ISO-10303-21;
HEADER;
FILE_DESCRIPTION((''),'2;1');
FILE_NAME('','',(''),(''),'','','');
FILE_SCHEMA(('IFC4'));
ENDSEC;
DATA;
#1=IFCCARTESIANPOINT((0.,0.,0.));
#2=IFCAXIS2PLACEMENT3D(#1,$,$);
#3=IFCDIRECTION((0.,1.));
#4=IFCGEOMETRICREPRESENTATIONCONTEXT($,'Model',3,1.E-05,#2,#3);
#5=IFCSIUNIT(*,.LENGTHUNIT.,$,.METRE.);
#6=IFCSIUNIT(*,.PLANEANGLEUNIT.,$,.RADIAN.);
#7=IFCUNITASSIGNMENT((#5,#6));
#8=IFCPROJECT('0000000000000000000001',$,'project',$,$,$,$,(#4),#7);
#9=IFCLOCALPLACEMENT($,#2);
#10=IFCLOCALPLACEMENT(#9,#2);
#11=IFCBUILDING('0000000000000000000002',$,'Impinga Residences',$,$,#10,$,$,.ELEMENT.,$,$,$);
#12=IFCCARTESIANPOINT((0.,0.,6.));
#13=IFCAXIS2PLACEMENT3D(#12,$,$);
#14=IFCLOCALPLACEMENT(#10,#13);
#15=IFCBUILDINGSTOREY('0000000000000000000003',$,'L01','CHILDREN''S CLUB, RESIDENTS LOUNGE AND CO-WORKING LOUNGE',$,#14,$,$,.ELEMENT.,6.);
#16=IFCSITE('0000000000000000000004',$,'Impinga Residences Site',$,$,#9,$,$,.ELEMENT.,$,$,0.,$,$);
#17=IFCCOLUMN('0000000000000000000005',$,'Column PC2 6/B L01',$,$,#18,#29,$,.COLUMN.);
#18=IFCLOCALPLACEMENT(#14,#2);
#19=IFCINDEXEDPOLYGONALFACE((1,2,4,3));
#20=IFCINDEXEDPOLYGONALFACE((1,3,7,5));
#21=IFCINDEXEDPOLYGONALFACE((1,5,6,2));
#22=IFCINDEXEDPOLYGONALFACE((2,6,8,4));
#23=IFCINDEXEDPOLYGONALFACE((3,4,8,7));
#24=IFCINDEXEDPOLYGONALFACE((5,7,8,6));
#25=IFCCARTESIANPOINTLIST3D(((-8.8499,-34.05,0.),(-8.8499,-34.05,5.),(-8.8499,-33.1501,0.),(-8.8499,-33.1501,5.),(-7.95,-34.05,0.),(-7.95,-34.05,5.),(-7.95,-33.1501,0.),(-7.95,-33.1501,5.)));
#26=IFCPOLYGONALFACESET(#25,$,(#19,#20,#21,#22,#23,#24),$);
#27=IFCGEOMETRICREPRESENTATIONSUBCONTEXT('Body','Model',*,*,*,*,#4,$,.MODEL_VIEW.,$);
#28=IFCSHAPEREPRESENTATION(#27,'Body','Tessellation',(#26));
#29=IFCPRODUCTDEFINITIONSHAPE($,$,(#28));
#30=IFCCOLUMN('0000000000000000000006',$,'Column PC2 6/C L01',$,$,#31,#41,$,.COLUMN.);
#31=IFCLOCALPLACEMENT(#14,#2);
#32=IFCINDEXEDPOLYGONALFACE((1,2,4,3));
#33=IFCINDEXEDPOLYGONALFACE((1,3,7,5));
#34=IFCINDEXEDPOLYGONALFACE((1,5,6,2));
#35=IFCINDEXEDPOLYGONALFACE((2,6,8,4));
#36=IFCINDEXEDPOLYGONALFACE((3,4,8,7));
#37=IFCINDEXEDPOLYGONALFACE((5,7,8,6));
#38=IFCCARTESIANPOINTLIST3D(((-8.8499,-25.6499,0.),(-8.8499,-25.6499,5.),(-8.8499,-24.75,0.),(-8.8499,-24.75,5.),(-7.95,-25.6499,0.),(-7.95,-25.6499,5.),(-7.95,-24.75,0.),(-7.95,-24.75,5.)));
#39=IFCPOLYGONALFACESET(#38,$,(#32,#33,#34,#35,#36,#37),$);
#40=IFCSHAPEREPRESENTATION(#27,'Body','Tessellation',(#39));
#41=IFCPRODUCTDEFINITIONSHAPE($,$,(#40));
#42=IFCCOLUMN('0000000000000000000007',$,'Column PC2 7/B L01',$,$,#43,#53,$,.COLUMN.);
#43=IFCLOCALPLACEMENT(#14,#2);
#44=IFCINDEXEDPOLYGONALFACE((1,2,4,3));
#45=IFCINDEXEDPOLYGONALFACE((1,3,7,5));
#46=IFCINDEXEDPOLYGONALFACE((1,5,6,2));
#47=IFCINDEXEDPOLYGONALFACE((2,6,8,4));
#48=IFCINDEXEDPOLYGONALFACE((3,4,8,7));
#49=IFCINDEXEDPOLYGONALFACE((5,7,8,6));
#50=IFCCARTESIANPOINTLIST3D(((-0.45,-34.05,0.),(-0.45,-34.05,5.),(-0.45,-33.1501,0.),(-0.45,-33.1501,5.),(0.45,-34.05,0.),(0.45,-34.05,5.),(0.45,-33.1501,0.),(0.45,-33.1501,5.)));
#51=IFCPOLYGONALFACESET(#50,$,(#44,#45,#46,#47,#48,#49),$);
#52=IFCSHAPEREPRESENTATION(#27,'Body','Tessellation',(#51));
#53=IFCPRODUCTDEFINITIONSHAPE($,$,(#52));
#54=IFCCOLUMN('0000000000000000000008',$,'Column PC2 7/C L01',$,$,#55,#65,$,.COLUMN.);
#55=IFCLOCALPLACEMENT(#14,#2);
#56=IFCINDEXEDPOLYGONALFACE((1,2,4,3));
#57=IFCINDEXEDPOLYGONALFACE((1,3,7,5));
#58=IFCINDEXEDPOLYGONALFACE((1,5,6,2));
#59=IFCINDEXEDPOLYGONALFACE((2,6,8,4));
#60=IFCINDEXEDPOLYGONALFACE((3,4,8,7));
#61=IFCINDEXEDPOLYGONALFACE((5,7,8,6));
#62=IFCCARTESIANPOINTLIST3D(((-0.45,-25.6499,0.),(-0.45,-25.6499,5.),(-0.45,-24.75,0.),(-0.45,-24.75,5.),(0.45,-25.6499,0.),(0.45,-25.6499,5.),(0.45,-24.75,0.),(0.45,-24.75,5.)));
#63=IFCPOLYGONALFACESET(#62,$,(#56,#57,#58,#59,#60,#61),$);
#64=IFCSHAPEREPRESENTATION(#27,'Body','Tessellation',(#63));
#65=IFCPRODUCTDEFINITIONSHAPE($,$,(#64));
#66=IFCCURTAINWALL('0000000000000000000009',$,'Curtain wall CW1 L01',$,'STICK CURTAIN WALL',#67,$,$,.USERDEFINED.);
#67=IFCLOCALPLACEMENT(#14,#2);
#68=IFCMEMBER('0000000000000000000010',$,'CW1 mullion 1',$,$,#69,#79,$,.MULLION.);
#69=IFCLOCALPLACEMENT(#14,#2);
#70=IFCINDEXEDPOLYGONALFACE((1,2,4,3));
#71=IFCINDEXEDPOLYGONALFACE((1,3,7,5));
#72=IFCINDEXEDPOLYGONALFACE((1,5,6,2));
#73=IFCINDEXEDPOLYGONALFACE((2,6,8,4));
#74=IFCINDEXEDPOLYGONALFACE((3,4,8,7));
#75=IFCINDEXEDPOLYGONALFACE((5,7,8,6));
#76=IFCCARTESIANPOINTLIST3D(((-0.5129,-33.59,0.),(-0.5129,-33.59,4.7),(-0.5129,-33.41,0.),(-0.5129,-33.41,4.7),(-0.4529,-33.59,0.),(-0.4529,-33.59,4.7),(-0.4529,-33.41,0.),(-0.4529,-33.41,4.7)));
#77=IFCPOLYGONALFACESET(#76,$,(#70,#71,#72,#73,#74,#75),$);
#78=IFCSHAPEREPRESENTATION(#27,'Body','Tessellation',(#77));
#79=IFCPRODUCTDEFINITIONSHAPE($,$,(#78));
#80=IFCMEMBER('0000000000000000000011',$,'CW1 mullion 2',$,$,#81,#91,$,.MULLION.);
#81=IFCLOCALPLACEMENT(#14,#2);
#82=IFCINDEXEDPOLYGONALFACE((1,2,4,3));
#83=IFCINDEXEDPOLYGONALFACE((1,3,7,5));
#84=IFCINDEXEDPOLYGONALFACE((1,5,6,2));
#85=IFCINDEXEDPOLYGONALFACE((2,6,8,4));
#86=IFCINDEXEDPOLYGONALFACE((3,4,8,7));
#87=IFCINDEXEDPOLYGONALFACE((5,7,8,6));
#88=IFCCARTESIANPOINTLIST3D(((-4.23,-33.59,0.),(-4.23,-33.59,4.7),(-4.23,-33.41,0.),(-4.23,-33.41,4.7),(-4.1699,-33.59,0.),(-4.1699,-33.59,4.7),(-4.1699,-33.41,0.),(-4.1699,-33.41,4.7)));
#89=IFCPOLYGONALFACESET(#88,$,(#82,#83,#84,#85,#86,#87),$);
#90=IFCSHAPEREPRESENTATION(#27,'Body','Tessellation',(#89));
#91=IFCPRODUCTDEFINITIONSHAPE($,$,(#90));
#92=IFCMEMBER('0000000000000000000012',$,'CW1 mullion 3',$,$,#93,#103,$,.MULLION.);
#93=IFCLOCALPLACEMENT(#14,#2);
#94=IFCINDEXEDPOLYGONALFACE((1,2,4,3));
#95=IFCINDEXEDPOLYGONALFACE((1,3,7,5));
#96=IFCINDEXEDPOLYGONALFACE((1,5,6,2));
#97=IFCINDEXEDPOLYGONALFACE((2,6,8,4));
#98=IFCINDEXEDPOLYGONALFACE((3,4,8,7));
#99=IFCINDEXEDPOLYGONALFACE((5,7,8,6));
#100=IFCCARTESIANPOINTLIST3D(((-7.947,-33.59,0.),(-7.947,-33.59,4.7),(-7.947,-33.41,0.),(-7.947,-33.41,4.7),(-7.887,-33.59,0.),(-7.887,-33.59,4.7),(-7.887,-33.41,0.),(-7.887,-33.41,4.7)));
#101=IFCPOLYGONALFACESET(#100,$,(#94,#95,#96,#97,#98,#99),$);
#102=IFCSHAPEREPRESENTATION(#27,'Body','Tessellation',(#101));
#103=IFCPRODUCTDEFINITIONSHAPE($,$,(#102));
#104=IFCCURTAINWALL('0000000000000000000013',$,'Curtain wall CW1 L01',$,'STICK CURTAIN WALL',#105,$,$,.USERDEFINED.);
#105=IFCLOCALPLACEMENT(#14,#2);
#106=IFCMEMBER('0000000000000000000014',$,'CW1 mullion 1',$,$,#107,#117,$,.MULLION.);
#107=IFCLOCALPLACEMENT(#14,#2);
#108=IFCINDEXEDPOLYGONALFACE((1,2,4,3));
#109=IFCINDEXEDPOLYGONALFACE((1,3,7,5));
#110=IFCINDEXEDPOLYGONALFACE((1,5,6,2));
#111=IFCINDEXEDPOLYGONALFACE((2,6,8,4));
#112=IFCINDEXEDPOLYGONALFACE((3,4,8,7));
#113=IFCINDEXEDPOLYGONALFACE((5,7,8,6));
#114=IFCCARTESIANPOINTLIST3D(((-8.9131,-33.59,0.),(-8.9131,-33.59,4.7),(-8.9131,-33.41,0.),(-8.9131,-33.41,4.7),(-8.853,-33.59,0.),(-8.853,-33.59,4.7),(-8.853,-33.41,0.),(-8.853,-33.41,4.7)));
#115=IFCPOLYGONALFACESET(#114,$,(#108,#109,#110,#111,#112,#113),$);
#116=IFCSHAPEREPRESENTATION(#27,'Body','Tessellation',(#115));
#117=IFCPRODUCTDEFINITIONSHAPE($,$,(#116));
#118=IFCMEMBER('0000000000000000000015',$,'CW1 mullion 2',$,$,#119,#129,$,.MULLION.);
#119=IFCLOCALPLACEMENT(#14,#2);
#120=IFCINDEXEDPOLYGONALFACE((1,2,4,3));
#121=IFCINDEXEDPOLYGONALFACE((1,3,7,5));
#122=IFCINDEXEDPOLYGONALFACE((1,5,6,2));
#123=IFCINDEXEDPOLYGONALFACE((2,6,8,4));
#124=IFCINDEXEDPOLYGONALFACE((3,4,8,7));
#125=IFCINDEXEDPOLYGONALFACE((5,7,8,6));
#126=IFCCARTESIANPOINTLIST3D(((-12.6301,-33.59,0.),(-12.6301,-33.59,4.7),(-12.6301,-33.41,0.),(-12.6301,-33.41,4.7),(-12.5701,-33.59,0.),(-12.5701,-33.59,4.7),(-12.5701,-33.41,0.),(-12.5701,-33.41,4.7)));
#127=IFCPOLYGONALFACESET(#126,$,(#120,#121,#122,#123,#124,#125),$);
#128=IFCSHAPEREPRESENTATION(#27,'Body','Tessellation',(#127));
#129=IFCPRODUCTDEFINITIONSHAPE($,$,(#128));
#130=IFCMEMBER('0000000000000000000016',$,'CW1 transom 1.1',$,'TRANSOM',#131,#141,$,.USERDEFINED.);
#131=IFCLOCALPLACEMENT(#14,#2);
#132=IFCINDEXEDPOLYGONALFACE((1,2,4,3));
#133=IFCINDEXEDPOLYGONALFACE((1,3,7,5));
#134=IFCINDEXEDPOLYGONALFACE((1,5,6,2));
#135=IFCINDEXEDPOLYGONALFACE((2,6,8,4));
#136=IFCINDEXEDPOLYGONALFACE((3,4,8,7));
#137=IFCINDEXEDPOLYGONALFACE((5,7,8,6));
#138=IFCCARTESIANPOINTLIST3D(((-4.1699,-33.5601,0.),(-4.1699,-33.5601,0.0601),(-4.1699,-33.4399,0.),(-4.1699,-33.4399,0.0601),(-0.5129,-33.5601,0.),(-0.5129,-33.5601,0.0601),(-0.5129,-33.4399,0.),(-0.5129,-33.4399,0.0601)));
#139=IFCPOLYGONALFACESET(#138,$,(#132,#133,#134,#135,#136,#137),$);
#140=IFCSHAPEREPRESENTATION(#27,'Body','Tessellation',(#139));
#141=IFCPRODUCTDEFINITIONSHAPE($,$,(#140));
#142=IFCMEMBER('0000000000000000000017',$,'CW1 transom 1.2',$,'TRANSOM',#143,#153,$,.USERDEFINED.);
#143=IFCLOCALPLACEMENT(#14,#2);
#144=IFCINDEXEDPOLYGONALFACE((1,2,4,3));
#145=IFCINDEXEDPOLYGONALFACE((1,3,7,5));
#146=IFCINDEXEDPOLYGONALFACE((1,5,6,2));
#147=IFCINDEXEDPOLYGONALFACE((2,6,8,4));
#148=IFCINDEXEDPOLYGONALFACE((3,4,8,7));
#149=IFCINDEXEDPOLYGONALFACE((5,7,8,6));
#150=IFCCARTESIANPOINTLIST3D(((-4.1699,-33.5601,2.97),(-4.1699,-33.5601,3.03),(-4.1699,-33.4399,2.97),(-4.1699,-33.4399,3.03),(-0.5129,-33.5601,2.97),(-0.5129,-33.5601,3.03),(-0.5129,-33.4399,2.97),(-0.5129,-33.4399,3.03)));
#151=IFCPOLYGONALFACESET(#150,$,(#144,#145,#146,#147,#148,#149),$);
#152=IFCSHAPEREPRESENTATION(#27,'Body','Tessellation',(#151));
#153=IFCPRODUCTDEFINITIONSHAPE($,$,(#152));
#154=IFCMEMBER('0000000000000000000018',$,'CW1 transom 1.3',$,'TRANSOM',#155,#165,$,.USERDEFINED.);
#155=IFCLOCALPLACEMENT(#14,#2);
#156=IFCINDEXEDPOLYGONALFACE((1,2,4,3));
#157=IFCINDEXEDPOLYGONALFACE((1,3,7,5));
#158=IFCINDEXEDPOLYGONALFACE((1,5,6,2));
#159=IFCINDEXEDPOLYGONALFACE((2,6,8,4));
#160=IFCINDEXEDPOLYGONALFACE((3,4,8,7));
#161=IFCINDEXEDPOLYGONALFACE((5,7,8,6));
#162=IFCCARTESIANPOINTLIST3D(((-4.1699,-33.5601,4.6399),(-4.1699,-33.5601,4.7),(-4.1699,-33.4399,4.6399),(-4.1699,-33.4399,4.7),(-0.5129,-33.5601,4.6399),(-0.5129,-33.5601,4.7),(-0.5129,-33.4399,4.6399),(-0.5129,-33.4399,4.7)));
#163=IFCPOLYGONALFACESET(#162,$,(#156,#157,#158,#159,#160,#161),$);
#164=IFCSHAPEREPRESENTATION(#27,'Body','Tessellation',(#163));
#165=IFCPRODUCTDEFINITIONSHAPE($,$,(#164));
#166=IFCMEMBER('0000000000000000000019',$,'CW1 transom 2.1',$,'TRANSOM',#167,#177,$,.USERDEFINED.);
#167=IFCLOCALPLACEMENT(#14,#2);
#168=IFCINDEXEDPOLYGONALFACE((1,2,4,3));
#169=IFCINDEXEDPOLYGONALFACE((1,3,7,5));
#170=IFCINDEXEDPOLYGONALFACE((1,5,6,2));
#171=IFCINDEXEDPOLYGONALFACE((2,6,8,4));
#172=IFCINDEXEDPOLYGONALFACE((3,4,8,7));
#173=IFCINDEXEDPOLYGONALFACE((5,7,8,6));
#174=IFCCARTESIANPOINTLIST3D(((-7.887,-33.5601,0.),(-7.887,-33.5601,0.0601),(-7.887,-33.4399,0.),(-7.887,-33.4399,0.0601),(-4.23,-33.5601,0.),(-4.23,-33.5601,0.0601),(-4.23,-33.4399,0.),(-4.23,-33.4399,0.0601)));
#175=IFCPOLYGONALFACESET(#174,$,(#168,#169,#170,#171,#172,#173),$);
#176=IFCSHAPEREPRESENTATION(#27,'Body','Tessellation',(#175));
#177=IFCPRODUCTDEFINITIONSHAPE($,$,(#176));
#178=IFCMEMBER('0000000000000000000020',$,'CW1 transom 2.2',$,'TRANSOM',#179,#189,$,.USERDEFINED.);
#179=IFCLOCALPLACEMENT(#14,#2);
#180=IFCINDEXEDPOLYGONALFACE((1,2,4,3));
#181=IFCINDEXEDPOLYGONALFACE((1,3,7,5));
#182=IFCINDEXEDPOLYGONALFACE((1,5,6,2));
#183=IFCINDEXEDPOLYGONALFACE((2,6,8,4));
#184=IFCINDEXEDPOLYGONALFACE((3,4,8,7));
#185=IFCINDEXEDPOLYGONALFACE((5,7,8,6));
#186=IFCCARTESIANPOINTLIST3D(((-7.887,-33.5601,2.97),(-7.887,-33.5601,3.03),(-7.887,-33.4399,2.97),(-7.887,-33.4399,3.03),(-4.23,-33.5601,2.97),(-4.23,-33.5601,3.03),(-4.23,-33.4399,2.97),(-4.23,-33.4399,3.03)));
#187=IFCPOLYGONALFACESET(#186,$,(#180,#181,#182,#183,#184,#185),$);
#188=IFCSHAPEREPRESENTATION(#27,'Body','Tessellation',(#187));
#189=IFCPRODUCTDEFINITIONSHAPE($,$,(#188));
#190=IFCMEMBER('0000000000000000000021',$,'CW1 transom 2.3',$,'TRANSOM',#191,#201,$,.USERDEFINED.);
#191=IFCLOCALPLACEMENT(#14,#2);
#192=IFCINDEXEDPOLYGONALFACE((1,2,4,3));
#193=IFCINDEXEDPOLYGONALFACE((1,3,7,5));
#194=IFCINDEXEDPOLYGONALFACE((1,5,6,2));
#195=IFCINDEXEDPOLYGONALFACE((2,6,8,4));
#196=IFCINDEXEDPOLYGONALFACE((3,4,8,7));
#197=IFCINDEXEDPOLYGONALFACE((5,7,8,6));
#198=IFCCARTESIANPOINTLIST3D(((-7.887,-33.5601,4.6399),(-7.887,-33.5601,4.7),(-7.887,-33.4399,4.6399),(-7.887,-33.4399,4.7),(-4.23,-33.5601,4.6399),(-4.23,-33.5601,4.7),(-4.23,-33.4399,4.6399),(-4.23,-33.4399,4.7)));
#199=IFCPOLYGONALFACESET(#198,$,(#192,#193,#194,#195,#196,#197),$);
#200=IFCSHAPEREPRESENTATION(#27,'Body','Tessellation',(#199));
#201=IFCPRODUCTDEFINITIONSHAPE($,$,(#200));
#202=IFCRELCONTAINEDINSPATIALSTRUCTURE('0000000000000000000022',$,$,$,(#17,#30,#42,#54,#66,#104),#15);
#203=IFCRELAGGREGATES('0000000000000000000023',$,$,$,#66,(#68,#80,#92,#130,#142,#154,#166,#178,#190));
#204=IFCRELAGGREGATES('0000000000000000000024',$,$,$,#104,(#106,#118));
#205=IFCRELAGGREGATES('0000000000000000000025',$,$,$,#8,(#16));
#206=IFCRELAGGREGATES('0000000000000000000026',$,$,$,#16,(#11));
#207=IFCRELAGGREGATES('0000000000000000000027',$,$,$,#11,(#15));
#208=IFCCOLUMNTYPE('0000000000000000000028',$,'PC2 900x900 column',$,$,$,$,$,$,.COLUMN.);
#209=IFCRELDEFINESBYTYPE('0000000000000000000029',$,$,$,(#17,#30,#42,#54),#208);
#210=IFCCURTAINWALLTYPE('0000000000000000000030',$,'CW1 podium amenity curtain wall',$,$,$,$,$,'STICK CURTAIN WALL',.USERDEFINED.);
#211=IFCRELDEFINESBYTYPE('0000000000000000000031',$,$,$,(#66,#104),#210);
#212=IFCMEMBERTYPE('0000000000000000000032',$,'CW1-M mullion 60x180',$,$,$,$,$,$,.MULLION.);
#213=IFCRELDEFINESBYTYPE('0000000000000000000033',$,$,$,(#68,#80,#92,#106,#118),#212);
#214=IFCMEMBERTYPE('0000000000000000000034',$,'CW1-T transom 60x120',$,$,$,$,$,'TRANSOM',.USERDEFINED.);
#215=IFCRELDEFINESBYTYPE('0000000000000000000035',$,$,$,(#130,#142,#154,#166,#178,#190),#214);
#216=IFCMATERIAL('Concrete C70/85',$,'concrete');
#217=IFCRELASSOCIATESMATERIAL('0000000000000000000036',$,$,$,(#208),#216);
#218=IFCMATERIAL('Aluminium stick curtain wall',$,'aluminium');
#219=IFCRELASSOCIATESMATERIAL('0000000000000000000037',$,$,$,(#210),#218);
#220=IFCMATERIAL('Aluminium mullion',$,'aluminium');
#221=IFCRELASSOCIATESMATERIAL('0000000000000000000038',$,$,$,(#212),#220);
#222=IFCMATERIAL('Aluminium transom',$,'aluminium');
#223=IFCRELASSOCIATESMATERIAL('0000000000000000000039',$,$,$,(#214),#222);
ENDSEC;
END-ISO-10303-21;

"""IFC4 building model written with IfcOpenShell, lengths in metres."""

from ifc_helpers import new_model, si_unit, direction, frame, origin, origin_2d, place, context, subcontext, project, spatial, rectangle, extrude, material, material_profile, profile_set, type_object, element, aggregate, save


model = new_model("IFC4")

# Units and contexts
model_context = context("Model", 3, precision=1e-05, world=origin(), true_north=direction((0.0, 1.0)))
body_context = subcontext(model_context, "Body", "Model", "MODEL_VIEW")
ifc_project = project(units=[si_unit("LENGTHUNIT", "METRE"), si_unit("PLANEANGLEUNIT", "RADIAN")], contexts=[model_context])

# Site, building, storey
site_placement = place(None, origin())
site = spatial("IfcSite", under=ifc_project, at=site_placement, Name="Impinga Residences Site", CompositionType="ELEMENT", RefElevation=0.0)
building_placement = place(site_placement, origin())
building = spatial("IfcBuilding", under=site, at=building_placement, Name="Impinga Residences", CompositionType="ELEMENT")
storey_placement = place(building_placement, frame((0.0, 0.0, 6.0)))
storey = spatial("IfcBuildingStorey", under=building, at=storey_placement, Name="L01", Description="CHILDREN'S CLUB, RESIDENTS LOUNGE AND CO-WORKING LOUNGE", CompositionType="ELEMENT", Elevation=6.0)

# Columns
ifc_material_1 = material(Name="Concrete C70/85", Category="concrete")
ifc_material_profile_1 = material_profile(ifc_material_1, rectangle(XDim=0.8999, YDim=0.8999, at=origin_2d()), Name="RC 900x900")
ifc_profile_set_1 = profile_set([ifc_material_profile_1], Name="Concrete C70/85")
column_type = type_object("IfcColumnType", Name="PC2 900x900 column", PredefinedType="COLUMN", material=ifc_profile_set_1)
for number, where, z_axis, x_axis, name in (
    (1, (-8.3999, -33.6001, 0.0), (0.0, 0.0, 1.0), (1.0, 0.0, 0.0), "Column PC2 6/B L01"),
    (2, (-8.3999, -25.2, 0.0), (0.0, 0.0, 1.0), (1.0, 0.0, 0.0), "Column PC2 6/C L01"),
    (3, (0.0, -33.6001, 0.0), (0.0, 0.0, 1.0), (1.0, 0.0, 0.0), "Column PC2 7/B L01"),
    (4, (0.0, -25.2, 0.0), (0.0, 0.0, 1.0), (1.0, 0.0, 0.0), "Column PC2 7/C L01"),
):
    element("IfcColumn", number, at=place(storey_placement, frame(where, z_axis=z_axis, x_axis=x_axis)), inside=storey, type_object=column_type, Name=name, PredefinedType="COLUMN", context=body_context, shape_type="SweptSolid", body=[
        extrude(rectangle(XDim=0.8999, YDim=0.8999, at=origin_2d()), origin(), (0.0, 0.0, 1.0), 5.0),
    ])

# Curtain walls, members
ifc_material_2 = material(Name="Aluminium stick curtain wall", Category="aluminium")
curtain_wall_type = type_object("IfcCurtainWallType", Name="CW1 podium amenity curtain wall", ElementType="STICK CURTAIN WALL", PredefinedType="USERDEFINED", material=ifc_material_2)
curtain_wall_1_placement = place(storey_placement, origin())
curtain_wall_1 = element("IfcCurtainWall", 5, at=curtain_wall_1_placement, inside=storey, type_object=curtain_wall_type, Name="Curtain wall CW1 L01", ObjectType="STICK CURTAIN WALL", PredefinedType="USERDEFINED")
ifc_material_3 = material(Name="Aluminium mullion", Category="aluminium")
ifc_material_profile_2 = material_profile(ifc_material_3, rectangle(XDim=0.0601, YDim=0.1799, at=origin_2d()), Name="60x180 mullion")
ifc_profile_set_2 = profile_set([ifc_material_profile_2], Name="Aluminium mullion")
member_type_1 = type_object("IfcMemberType", Name="CW1-M mullion 60x180", PredefinedType="MULLION", material=ifc_profile_set_2)
member_1_placement = place(storey_placement, frame((-0.4829, -33.5, 0.0), z_axis=(0.0, 0.0, 1.0), x_axis=(-1.0, 0.0, 0.0)))
member_1 = element("IfcMember", 6, at=member_1_placement, type_object=member_type_1, Name="CW1 mullion 1", PredefinedType="MULLION", context=body_context, shape_type="SweptSolid", body=[
    extrude(rectangle(XDim=0.0601, YDim=0.1799, at=origin_2d()), origin(), (0.0, 0.0, 1.0), 4.7),
])
member_2_placement = place(storey_placement, frame((-4.2, -33.5, 0.0), z_axis=(0.0, 0.0, 1.0), x_axis=(-1.0, 0.0, 0.0)))
member_2 = element("IfcMember", 7, at=member_2_placement, type_object=member_type_1, Name="CW1 mullion 2", PredefinedType="MULLION", context=body_context, shape_type="SweptSolid", body=[
    extrude(rectangle(XDim=0.0601, YDim=0.1799, at=origin_2d()), origin(), (0.0, 0.0, 1.0), 4.7),
])
member_3_placement = place(storey_placement, frame((-7.917, -33.5, 0.0), z_axis=(0.0, 0.0, 1.0), x_axis=(-1.0, 0.0, 0.0)))
member_3 = element("IfcMember", 8, at=member_3_placement, type_object=member_type_1, Name="CW1 mullion 3", PredefinedType="MULLION", context=body_context, shape_type="SweptSolid", body=[
    extrude(rectangle(XDim=0.0601, YDim=0.1799, at=origin_2d()), origin(), (0.0, 0.0, 1.0), 4.7),
])
curtain_wall_2_placement = place(storey_placement, origin())
curtain_wall_2 = element("IfcCurtainWall", 9, at=curtain_wall_2_placement, inside=storey, type_object=curtain_wall_type, Name="Curtain wall CW1 L01", ObjectType="STICK CURTAIN WALL", PredefinedType="USERDEFINED")
member_4_placement = place(storey_placement, frame((-8.8831, -33.5, 0.0), z_axis=(0.0, 0.0, 1.0), x_axis=(-1.0, 0.0, 0.0)))
member_4 = element("IfcMember", 10, at=member_4_placement, type_object=member_type_1, Name="CW1 mullion 1", PredefinedType="MULLION", context=body_context, shape_type="SweptSolid", body=[
    extrude(rectangle(XDim=0.0601, YDim=0.1799, at=origin_2d()), origin(), (0.0, 0.0, 1.0), 4.7),
])
member_5_placement = place(storey_placement, frame((-12.6001, -33.5, 0.0), z_axis=(0.0, 0.0, 1.0), x_axis=(-1.0, 0.0, 0.0)))
member_5 = element("IfcMember", 11, at=member_5_placement, type_object=member_type_1, Name="CW1 mullion 2", PredefinedType="MULLION", context=body_context, shape_type="SweptSolid", body=[
    extrude(rectangle(XDim=0.0601, YDim=0.1799, at=origin_2d()), origin(), (0.0, 0.0, 1.0), 4.7),
])

# Members
ifc_material_4 = material(Name="Aluminium transom", Category="aluminium")
ifc_material_profile_3 = material_profile(ifc_material_4, rectangle(XDim=0.0601, YDim=0.1201, at=origin_2d()), Name="60x120 transom")
ifc_profile_set_3 = profile_set([ifc_material_profile_3], Name="Aluminium transom")
member_type_2 = type_object("IfcMemberType", Name="CW1-T transom 60x120", ElementType="TRANSOM", PredefinedType="USERDEFINED", material=ifc_profile_set_3)
member_6_placement = place(storey_placement, frame((-0.5129, -33.5, 0.03), z_axis=(-1.0, 0.0, 0.0), x_axis=(0.0, 0.0, 1.0)))
member_6 = element("IfcMember", 12, at=member_6_placement, type_object=member_type_2, Name="CW1 transom 1.1", ObjectType="TRANSOM", PredefinedType="USERDEFINED", context=body_context, shape_type="SweptSolid", body=[
    extrude(rectangle(XDim=0.0601, YDim=0.1201, at=origin_2d()), origin(), (0.0, 0.0, 1.0), 3.657),
])
member_7_placement = place(storey_placement, frame((-0.5129, -33.5, 3.0), z_axis=(-1.0, 0.0, 0.0), x_axis=(0.0, 0.0, 1.0)))
member_7 = element("IfcMember", 13, at=member_7_placement, type_object=member_type_2, Name="CW1 transom 1.2", ObjectType="TRANSOM", PredefinedType="USERDEFINED", context=body_context, shape_type="SweptSolid", body=[
    extrude(rectangle(XDim=0.0601, YDim=0.1201, at=origin_2d()), origin(), (0.0, 0.0, 1.0), 3.657),
])
member_8_placement = place(storey_placement, frame((-0.5129, -33.5, 4.6699), z_axis=(-1.0, 0.0, 0.0), x_axis=(0.0, 0.0, 1.0)))
member_8 = element("IfcMember", 14, at=member_8_placement, type_object=member_type_2, Name="CW1 transom 1.3", ObjectType="TRANSOM", PredefinedType="USERDEFINED", context=body_context, shape_type="SweptSolid", body=[
    extrude(rectangle(XDim=0.0601, YDim=0.1201, at=origin_2d()), origin(), (0.0, 0.0, 1.0), 3.657),
])
member_9_placement = place(storey_placement, frame((-4.23, -33.5, 0.03), z_axis=(-1.0, 0.0, 0.0), x_axis=(0.0, 0.0, 1.0)))
member_9 = element("IfcMember", 15, at=member_9_placement, type_object=member_type_2, Name="CW1 transom 2.1", ObjectType="TRANSOM", PredefinedType="USERDEFINED", context=body_context, shape_type="SweptSolid", body=[
    extrude(rectangle(XDim=0.0601, YDim=0.1201, at=origin_2d()), origin(), (0.0, 0.0, 1.0), 3.657),
])
member_10_placement = place(storey_placement, frame((-4.23, -33.5, 3.0), z_axis=(-1.0, 0.0, 0.0), x_axis=(0.0, 0.0, 1.0)))
member_10 = element("IfcMember", 16, at=member_10_placement, type_object=member_type_2, Name="CW1 transom 2.2", ObjectType="TRANSOM", PredefinedType="USERDEFINED", context=body_context, shape_type="SweptSolid", body=[
    extrude(rectangle(XDim=0.0601, YDim=0.1201, at=origin_2d()), origin(), (0.0, 0.0, 1.0), 3.657),
])
member_11_placement = place(storey_placement, frame((-4.23, -33.5, 4.6699), z_axis=(-1.0, 0.0, 0.0), x_axis=(0.0, 0.0, 1.0)))
member_11 = element("IfcMember", 17, at=member_11_placement, type_object=member_type_2, Name="CW1 transom 2.3", ObjectType="TRANSOM", PredefinedType="USERDEFINED", context=body_context, shape_type="SweptSolid", body=[
    extrude(rectangle(XDim=0.0601, YDim=0.1201, at=origin_2d()), origin(), (0.0, 0.0, 1.0), 3.657),
])

aggregate(curtain_wall_1, [member_1, member_2, member_3, member_6, member_7, member_8, member_9, member_10, member_11])
aggregate(curtain_wall_2, [member_4, member_5])

save(model, "model.ifc")
